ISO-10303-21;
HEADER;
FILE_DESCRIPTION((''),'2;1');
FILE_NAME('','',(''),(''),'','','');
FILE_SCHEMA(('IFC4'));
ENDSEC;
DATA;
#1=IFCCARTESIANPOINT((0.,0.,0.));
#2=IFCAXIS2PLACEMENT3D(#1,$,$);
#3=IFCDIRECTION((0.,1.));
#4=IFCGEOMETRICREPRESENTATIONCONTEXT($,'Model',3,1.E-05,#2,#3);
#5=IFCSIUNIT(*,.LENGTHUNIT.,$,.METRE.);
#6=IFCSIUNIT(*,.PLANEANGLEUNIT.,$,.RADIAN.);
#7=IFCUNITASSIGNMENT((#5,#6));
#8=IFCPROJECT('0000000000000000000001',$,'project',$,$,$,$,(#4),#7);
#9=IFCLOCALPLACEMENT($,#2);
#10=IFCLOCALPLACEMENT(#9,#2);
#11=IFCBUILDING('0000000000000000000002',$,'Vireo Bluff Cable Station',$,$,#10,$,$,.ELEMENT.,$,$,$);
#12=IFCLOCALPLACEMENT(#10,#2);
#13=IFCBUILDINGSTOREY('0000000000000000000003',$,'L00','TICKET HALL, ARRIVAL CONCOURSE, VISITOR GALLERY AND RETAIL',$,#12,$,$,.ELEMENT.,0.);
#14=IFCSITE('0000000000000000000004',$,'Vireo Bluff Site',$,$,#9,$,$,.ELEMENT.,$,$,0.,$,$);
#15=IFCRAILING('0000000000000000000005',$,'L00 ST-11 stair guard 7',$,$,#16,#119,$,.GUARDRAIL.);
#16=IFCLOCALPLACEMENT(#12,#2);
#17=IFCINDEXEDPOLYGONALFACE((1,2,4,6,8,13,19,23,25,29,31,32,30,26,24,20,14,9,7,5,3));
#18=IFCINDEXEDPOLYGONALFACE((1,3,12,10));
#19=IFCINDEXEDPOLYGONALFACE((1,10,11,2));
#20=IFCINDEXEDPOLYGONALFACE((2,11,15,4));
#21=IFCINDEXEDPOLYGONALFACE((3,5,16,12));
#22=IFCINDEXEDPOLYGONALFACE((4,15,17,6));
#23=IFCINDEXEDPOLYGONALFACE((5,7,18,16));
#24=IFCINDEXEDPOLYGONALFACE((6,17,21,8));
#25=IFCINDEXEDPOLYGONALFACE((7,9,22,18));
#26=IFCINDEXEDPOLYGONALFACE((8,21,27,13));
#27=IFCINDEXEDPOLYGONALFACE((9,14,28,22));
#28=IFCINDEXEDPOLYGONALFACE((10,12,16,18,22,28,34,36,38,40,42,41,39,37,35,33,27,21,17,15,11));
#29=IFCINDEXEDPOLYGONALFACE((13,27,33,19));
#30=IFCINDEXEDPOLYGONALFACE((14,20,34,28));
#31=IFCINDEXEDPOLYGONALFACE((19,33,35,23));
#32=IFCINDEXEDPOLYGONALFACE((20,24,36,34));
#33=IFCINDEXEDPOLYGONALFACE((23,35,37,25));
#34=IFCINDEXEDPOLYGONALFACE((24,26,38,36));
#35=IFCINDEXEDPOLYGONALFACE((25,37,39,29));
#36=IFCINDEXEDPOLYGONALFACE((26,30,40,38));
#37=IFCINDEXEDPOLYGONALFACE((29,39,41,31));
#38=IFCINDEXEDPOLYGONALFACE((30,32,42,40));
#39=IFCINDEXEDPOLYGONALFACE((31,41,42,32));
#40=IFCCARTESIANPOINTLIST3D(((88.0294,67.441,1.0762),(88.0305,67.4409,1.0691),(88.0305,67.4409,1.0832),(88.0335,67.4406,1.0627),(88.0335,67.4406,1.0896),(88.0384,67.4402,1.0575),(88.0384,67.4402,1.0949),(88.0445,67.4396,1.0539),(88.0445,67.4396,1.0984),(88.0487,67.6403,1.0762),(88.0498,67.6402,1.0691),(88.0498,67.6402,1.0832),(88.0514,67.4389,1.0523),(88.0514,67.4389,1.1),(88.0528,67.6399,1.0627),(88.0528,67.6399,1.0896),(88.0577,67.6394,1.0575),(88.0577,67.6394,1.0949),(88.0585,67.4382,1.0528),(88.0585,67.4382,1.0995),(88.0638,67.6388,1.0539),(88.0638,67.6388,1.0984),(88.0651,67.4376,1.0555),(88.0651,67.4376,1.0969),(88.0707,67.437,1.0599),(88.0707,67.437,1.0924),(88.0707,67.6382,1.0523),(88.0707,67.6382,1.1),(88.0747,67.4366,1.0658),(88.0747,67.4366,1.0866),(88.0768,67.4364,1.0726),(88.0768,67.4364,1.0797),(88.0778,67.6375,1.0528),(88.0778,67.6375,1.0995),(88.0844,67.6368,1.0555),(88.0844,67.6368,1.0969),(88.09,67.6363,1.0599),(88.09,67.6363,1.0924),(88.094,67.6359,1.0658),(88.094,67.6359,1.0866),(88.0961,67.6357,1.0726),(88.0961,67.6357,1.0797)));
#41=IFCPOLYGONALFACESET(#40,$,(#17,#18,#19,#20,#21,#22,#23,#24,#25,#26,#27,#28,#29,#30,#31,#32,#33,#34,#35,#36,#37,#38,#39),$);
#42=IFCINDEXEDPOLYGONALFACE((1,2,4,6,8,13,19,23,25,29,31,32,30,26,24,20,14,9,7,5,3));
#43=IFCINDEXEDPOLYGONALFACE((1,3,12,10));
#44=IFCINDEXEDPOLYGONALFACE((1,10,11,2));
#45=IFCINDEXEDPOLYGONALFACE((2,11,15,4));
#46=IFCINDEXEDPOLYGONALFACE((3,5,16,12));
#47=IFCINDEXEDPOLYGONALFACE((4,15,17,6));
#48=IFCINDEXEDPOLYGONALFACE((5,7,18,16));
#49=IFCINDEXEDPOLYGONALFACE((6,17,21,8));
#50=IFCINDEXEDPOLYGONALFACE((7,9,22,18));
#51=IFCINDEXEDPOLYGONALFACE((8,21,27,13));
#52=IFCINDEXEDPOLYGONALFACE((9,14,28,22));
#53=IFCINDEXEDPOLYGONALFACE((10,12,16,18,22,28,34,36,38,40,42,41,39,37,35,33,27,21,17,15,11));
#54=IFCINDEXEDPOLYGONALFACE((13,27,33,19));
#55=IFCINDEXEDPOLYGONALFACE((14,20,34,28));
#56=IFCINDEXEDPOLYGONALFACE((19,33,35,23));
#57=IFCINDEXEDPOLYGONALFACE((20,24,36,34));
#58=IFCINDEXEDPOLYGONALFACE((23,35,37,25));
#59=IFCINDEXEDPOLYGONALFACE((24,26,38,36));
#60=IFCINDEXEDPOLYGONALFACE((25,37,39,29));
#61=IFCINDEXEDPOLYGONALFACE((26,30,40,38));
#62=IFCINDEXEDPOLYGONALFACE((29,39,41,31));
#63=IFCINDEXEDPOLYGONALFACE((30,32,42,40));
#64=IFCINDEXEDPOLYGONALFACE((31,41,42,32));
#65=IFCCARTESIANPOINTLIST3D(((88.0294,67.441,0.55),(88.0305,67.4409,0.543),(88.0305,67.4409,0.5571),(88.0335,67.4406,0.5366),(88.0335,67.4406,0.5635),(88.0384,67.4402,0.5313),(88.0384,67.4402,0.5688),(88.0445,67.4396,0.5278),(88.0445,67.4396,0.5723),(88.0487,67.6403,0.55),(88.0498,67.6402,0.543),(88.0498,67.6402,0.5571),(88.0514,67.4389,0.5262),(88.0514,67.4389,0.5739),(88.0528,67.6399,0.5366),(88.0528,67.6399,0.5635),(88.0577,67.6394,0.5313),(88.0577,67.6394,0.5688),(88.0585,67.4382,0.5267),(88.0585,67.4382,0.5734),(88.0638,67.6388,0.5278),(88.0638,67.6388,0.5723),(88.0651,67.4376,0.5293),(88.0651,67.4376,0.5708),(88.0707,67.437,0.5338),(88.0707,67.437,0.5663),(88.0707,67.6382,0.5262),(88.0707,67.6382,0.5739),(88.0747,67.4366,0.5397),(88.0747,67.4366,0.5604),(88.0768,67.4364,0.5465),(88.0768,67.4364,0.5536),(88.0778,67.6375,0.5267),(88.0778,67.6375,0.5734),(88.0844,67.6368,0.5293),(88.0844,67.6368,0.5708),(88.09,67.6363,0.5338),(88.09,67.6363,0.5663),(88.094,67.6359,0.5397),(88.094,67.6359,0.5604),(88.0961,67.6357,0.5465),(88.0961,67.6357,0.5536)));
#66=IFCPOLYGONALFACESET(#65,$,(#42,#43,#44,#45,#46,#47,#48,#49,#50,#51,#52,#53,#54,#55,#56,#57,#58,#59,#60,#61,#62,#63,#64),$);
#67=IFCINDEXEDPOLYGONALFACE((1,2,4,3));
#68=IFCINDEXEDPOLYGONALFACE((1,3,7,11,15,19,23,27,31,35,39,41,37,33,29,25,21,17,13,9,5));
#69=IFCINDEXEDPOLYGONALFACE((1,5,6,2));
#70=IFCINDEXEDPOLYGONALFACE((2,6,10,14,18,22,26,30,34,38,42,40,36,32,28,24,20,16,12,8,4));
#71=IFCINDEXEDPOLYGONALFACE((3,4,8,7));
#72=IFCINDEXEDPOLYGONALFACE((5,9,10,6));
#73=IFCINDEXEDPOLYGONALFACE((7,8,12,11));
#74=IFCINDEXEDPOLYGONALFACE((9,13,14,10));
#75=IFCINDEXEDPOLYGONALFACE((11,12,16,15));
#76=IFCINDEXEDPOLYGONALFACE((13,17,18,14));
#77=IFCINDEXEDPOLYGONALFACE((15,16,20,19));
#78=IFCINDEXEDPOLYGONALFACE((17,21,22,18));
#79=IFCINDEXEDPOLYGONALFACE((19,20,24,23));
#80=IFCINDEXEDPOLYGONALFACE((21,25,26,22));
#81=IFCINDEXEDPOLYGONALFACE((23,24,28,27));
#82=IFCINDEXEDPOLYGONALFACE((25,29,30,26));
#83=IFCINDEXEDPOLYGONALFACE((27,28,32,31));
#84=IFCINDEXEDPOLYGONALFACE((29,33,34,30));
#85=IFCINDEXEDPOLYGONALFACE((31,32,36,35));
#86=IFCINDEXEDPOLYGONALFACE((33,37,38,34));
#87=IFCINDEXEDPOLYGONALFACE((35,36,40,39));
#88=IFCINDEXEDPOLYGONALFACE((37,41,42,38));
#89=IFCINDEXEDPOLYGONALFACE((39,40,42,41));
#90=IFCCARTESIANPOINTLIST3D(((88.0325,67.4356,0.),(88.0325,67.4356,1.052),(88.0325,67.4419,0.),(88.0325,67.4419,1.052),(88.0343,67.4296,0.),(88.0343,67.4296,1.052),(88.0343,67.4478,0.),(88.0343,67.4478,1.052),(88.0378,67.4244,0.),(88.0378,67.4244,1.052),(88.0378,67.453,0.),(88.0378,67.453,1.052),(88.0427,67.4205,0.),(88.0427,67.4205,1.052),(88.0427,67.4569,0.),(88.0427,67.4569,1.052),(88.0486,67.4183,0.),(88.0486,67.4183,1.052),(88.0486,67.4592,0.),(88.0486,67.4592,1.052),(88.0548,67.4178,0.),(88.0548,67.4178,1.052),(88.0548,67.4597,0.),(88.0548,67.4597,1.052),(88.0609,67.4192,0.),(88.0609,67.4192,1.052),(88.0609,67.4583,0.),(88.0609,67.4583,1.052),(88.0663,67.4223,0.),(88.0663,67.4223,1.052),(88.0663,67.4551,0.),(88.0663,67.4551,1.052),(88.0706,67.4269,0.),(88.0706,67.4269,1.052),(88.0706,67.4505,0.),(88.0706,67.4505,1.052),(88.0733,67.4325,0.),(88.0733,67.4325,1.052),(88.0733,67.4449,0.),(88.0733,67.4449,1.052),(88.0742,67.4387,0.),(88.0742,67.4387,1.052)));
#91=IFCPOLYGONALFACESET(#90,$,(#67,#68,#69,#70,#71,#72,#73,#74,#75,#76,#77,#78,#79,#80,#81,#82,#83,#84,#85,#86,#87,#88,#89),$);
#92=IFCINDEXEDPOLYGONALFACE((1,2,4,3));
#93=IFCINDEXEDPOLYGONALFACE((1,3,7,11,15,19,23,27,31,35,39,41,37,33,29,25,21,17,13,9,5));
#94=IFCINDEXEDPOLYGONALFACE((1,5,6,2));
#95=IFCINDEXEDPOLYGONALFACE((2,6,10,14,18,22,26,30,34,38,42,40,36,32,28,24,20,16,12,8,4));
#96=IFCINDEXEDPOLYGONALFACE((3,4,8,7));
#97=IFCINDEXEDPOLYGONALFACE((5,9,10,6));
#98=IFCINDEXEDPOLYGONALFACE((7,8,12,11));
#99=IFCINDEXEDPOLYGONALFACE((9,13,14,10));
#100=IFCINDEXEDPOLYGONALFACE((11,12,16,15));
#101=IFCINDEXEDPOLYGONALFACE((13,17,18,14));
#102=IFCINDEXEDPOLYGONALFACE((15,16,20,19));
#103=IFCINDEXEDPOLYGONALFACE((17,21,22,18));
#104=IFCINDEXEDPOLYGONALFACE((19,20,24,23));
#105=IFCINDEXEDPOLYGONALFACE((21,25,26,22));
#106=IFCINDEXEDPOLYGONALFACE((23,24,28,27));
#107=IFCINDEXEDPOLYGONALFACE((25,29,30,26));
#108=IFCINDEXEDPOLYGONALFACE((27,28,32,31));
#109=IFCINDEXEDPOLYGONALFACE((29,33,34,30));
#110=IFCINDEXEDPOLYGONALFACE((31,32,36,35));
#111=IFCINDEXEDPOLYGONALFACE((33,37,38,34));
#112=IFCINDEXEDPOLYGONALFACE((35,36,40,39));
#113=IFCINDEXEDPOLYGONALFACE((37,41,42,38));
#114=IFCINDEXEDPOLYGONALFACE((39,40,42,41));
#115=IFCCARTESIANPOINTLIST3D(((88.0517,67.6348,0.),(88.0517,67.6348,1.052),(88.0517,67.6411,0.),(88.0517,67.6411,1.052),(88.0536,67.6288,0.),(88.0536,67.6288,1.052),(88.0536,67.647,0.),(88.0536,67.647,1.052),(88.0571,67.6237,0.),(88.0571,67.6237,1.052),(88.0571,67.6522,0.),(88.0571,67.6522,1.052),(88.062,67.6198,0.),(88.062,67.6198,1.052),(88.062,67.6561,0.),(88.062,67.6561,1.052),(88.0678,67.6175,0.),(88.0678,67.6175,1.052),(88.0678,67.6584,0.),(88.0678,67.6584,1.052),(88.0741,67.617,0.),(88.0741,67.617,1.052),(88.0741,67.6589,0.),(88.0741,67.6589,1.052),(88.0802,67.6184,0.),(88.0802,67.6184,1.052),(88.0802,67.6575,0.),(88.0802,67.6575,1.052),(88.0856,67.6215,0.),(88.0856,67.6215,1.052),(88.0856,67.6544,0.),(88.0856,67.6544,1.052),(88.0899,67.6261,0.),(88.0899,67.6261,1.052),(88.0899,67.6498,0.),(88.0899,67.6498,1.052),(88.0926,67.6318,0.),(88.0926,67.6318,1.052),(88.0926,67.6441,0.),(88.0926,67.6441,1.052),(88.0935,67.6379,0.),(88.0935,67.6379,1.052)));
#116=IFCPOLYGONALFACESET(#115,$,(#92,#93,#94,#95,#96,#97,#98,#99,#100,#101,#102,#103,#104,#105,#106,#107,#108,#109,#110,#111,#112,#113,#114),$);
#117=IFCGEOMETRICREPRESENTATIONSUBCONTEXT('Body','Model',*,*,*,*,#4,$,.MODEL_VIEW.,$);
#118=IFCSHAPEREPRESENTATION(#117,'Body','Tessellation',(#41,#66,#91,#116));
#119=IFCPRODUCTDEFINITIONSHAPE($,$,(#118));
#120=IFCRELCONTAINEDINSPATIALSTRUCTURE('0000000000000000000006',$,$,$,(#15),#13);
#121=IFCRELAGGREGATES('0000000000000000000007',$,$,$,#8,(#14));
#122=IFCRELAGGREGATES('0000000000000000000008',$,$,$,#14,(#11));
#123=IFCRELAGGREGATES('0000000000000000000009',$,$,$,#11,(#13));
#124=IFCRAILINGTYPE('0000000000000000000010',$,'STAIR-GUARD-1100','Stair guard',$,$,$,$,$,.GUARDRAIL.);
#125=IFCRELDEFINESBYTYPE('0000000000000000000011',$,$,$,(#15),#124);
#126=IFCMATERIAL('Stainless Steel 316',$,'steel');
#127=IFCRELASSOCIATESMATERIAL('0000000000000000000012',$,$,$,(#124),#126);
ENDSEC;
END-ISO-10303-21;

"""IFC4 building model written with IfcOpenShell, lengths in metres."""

from ifc_helpers import new_model, si_unit, direction, frame, origin, origin_2d, place, context, subcontext, project, spatial, circle, extrude, material, type_object, element, save


model = new_model("IFC4")

# Units and contexts
model_context = context("Model", 3, precision=1e-05, world=origin(), true_north=direction((0.0, 1.0)))
body_context = subcontext(model_context, "Body", "Model", "MODEL_VIEW")
ifc_project = project(units=[si_unit("LENGTHUNIT", "METRE"), si_unit("PLANEANGLEUNIT", "RADIAN")], contexts=[model_context])

# Site, building, storey
site_placement = place(None, origin())
site = spatial("IfcSite", under=ifc_project, at=site_placement, Name="Vireo Bluff Site", CompositionType="ELEMENT", RefElevation=0.0)
building_placement = place(site_placement, origin())
building = spatial("IfcBuilding", under=site, at=building_placement, Name="Vireo Bluff Cable Station", CompositionType="ELEMENT")
storey_placement = place(building_placement, origin())
storey = spatial("IfcBuildingStorey", under=building, at=storey_placement, Name="L00", Description="TICKET HALL, ARRIVAL CONCOURSE, VISITOR GALLERY AND RETAIL", CompositionType="ELEMENT", Elevation=0.0)

# Railing
ifc_material_1 = material(Name="Stainless Steel 316", Category="steel")
railing_type_1 = type_object("IfcRailingType", Name="STAIR-GUARD-1100", Description="Stair guard", PredefinedType="GUARDRAIL", material=ifc_material_1)
railing_1_placement = place(storey_placement, frame((88.0532, 67.4387, 0.0)))
element("IfcRailing", 1, at=railing_1_placement, inside=storey, type_object=railing_type_1, Name="L00 ST-11 stair guard 7", PredefinedType="GUARDRAIL", context=body_context, shape_type="SweptSolid", body=[
    extrude(circle(Radius=0.0239, at=origin_2d()), frame((0.0, 0.0, 1.0762), z_axis=(0.096363, 0.995346, 0.0), x_axis=(-0.995346, 0.096363, 0.0)), (0.0, 0.0, 1.0), 0.2002),
    extrude(circle(Radius=0.0239, at=origin_2d()), frame((0.0, 0.0, 0.55), z_axis=(0.096363, 0.995346, 0.0), x_axis=(-0.995346, 0.096363, 0.0)), (0.0, 0.0, 1.0), 0.2002),
    extrude(circle(Radius=0.021, at=origin_2d()), origin(), (0.0, 0.0, 1.0), 1.052),
    extrude(circle(Radius=0.021, at=origin_2d()), frame((0.0193, 0.1992, 0.0)), (0.0, 0.0, 1.0), 1.052),
])

save(model, "model.ifc")
